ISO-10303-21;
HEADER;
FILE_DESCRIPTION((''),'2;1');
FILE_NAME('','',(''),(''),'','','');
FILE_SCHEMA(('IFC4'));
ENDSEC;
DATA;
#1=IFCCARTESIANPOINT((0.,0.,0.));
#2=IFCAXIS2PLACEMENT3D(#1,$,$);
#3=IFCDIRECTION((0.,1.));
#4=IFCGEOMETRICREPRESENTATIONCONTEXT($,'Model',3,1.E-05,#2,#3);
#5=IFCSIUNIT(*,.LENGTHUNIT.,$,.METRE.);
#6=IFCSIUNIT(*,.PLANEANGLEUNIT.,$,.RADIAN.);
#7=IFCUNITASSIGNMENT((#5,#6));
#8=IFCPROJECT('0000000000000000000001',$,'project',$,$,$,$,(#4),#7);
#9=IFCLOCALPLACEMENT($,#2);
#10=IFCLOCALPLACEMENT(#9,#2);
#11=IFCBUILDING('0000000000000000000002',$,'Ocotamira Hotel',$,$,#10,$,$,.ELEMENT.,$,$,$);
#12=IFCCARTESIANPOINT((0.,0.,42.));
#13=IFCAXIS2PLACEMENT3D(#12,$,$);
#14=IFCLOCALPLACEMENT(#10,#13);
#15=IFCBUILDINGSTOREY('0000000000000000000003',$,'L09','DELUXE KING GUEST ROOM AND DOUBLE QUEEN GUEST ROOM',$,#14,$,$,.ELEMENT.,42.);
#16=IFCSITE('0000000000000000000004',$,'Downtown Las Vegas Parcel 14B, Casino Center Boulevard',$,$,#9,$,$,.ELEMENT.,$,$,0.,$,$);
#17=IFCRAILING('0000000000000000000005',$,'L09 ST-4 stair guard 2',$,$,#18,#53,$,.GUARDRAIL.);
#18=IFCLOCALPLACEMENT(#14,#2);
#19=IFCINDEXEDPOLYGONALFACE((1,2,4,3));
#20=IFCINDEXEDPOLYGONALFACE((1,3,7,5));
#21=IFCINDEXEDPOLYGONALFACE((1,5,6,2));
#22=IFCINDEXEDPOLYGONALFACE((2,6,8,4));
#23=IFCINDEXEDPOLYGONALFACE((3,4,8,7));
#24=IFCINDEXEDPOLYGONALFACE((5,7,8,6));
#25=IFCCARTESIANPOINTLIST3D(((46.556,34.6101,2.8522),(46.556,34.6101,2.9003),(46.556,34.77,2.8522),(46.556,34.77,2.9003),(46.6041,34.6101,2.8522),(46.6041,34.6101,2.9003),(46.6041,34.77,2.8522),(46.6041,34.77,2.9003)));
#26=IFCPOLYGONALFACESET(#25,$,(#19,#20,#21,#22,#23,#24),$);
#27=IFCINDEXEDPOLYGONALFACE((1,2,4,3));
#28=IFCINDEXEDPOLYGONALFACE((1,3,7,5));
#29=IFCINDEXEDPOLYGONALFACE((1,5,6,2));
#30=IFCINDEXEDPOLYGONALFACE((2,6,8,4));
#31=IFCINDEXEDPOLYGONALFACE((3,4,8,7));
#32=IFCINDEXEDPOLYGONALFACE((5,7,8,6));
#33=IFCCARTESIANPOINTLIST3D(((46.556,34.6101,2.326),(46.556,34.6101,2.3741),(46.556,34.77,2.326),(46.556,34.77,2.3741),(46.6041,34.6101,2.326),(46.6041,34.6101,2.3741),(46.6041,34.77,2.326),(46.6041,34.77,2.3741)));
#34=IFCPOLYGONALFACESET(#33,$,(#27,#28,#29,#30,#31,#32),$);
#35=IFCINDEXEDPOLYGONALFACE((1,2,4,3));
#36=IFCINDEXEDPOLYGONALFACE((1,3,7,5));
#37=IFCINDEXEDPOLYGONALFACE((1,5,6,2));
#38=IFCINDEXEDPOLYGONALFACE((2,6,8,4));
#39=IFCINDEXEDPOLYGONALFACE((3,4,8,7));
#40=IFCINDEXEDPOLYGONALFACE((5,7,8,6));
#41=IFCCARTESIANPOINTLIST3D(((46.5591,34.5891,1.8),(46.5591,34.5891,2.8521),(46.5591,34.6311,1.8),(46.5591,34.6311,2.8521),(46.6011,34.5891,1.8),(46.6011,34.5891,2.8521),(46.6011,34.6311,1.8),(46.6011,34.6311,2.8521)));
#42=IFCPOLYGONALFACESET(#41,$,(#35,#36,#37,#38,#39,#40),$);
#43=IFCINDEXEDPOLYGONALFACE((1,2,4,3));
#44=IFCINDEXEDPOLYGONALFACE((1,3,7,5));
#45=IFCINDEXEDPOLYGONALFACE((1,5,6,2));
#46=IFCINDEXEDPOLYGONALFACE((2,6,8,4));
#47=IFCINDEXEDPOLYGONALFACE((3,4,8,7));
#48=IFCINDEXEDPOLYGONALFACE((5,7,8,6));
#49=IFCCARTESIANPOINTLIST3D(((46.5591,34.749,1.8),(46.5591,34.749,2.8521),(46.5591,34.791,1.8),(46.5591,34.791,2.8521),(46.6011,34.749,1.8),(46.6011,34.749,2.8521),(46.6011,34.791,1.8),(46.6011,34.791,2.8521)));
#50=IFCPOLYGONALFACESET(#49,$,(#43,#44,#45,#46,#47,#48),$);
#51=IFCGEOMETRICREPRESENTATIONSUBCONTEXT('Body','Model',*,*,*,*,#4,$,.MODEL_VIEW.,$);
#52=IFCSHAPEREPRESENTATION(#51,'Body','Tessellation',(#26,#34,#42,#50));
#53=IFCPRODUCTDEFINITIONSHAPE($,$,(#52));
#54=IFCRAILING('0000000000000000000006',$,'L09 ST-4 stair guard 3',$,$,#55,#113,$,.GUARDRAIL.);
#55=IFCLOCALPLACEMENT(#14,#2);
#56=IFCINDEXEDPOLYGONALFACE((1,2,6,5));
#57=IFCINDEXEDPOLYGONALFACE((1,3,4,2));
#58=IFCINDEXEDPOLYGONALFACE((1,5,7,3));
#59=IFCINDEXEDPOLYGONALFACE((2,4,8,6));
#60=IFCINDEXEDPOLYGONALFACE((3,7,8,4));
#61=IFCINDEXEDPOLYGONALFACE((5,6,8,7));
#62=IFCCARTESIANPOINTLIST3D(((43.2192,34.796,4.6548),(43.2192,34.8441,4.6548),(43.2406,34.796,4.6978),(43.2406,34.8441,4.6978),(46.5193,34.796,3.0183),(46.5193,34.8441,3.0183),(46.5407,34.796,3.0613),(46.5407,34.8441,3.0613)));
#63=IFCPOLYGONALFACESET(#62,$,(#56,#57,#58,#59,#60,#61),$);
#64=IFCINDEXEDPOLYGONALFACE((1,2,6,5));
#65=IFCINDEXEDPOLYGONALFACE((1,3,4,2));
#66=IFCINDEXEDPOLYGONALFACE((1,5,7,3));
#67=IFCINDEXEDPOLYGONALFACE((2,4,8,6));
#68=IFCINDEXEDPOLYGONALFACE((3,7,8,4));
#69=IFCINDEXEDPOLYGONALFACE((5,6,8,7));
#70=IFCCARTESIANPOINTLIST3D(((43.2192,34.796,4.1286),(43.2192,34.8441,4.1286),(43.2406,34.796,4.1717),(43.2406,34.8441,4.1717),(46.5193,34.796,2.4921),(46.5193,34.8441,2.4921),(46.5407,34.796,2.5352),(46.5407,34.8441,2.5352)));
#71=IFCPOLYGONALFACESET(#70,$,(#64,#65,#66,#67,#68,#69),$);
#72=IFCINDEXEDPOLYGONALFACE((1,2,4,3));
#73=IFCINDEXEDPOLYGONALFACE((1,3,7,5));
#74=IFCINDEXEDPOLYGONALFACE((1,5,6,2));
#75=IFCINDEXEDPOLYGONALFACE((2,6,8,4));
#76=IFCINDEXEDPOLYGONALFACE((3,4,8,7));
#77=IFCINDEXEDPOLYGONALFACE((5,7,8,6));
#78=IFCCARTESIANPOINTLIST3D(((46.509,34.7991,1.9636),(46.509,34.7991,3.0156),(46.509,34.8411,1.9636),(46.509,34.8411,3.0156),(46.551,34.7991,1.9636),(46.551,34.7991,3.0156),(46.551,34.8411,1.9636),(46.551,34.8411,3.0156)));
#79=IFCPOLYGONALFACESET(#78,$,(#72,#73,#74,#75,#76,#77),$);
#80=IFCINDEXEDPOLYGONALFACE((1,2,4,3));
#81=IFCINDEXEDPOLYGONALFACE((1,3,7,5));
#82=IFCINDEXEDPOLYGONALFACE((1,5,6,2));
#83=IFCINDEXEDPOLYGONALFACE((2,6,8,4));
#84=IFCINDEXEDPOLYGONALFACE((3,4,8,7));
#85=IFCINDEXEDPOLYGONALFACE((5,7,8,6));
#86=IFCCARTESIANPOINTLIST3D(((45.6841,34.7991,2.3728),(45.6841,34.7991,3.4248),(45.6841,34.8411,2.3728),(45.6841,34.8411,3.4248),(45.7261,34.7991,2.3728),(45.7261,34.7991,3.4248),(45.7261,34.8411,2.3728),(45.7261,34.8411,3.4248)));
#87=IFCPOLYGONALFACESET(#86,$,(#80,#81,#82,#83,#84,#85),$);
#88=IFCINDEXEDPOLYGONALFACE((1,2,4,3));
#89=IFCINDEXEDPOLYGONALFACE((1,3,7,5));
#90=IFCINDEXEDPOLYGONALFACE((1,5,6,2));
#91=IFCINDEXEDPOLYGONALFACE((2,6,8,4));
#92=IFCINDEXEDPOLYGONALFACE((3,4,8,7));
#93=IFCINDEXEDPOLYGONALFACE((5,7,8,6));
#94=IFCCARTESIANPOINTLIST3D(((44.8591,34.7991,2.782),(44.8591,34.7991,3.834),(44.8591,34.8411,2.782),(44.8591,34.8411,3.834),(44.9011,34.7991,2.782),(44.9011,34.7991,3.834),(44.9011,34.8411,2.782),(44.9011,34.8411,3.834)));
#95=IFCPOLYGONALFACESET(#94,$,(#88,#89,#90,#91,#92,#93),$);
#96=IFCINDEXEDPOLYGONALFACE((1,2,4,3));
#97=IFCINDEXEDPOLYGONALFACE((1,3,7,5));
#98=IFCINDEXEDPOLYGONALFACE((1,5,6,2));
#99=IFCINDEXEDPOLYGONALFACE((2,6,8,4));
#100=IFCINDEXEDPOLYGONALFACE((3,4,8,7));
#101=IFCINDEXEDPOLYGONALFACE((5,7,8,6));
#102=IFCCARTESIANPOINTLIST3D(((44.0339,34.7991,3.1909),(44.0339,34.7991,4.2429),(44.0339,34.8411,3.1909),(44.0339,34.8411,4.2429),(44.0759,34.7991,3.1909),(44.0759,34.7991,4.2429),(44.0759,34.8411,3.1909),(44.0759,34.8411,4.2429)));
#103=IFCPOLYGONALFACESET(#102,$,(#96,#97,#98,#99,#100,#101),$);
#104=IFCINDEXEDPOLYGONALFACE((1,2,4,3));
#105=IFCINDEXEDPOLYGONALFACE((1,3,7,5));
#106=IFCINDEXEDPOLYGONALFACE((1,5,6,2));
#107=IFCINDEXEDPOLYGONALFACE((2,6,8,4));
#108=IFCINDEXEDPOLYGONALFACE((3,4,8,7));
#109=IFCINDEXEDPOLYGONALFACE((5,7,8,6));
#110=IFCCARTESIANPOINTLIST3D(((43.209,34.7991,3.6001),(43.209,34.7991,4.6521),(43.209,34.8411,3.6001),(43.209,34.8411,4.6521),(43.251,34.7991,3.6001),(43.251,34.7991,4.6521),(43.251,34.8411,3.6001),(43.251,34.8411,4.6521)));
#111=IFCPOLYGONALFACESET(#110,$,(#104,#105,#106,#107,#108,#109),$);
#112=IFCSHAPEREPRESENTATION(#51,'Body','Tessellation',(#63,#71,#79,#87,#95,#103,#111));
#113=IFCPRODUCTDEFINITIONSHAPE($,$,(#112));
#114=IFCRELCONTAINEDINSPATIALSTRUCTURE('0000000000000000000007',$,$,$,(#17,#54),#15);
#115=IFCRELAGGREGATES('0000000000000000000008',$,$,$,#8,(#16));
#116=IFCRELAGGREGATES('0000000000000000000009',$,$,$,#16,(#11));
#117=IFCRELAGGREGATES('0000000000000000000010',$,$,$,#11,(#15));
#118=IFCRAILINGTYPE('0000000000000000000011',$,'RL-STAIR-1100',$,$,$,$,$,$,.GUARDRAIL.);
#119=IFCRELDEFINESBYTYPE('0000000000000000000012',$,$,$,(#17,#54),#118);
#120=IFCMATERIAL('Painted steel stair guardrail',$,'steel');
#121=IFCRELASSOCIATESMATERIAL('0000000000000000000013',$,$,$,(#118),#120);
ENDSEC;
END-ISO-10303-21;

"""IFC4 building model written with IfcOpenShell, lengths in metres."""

from ifc_helpers import new_model, si_unit, direction, frame, origin, origin_2d, place, context, subcontext, project, spatial, rectangle, extrude, material, type_object, element, save


model = new_model("IFC4")

# Units and contexts
model_context = context("Model", 3, precision=1e-05, world=origin(), true_north=direction((0.0, 1.0)))
body_context = subcontext(model_context, "Body", "Model", "MODEL_VIEW")
ifc_project = project(units=[si_unit("LENGTHUNIT", "METRE"), si_unit("PLANEANGLEUNIT", "RADIAN")], contexts=[model_context])

# Site, building, storey
site_placement = place(None, origin())
site = spatial("IfcSite", under=ifc_project, at=site_placement, Name="Downtown Las Vegas Parcel 14B, Casino Center Boulevard", CompositionType="ELEMENT", RefElevation=0.0)
building_placement = place(site_placement, origin())
building = spatial("IfcBuilding", under=site, at=building_placement, Name="Ocotamira Hotel", CompositionType="ELEMENT")
storey_placement = place(building_placement, frame((0.0, 0.0, 42.0)))
storey = spatial("IfcBuildingStorey", under=building, at=storey_placement, Name="L09", Description="DELUXE KING GUEST ROOM AND DOUBLE QUEEN GUEST ROOM", CompositionType="ELEMENT", Elevation=42.0)

# Railings
ifc_material_1 = material(Name="Painted steel stair guardrail", Category="steel")
railing_type_1 = type_object("IfcRailingType", Name="RL-STAIR-1100", PredefinedType="GUARDRAIL", material=ifc_material_1)
railing_1_placement = place(storey_placement, frame((46.5801, 34.6101, 1.8)))
element("IfcRailing", 1, at=railing_1_placement, inside=storey, type_object=railing_type_1, Name="L09 ST-4 stair guard 2", PredefinedType="GUARDRAIL", context=body_context, shape_type="SweptSolid", body=[
    extrude(rectangle(XDim=0.0481, YDim=0.0481, at=origin_2d()), frame((0.0, 0.0, 1.0762), z_axis=(0.0, 1.0, 0.0), x_axis=(-1.0, 0.0, 0.0)), (0.0, 0.0, 1.0), 0.1599),
    extrude(rectangle(XDim=0.0481, YDim=0.0481, at=origin_2d()), frame((0.0, 0.0, 0.55), z_axis=(0.0, 1.0, 0.0), x_axis=(-1.0, 0.0, 0.0)), (0.0, 0.0, 1.0), 0.1599),
    extrude(rectangle(XDim=0.042, YDim=0.042, at=origin_2d()), origin(), (0.0, 0.0, 1.0), 1.052),
    extrude(rectangle(XDim=0.042, YDim=0.042, at=origin_2d()), frame((0.0, 0.1599, 0.0)), (0.0, 0.0, 1.0), 1.052),
])
railing_2_placement = place(storey_placement, frame((46.53, 34.8201, 1.9636)))
element("IfcRailing", 2, at=railing_2_placement, inside=storey, type_object=railing_type_1, Name="L09 ST-4 stair guard 3", PredefinedType="GUARDRAIL", context=body_context, shape_type="SweptSolid", body=[
    extrude(rectangle(XDim=0.0481, YDim=0.0481, at=origin_2d()), frame((0.0, 0.0, 1.0762), z_axis=(-0.895894, 0.0, 0.444268), x_axis=(0.0, -1.0, 0.0)), (0.0, 0.0, 1.0), 3.6836),
    extrude(rectangle(XDim=0.0481, YDim=0.0481, at=origin_2d()), frame((0.0, 0.0, 0.55), z_axis=(-0.895894, 0.0, 0.444268), x_axis=(0.0, -1.0, 0.0)), (0.0, 0.0, 1.0), 3.6836),
    extrude(rectangle(XDim=0.042, YDim=0.042, at=origin_2d()), origin(), (0.0, 0.0, 1.0), 1.052),
    extrude(rectangle(XDim=0.042, YDim=0.042, at=origin_2d()), frame((-0.825, 0.0, 0.4092)), (0.0, 0.0, 1.0), 1.052),
    extrude(rectangle(XDim=0.042, YDim=0.042, at=origin_2d()), frame((-1.6499, 0.0, 0.8184)), (0.0, 0.0, 1.0), 1.052),
    extrude(rectangle(XDim=0.042, YDim=0.042, at=origin_2d()), frame((-2.4751, 0.0, 1.2273)), (0.0, 0.0, 1.0), 1.052),
    extrude(rectangle(XDim=0.042, YDim=0.042, at=origin_2d()), frame((-3.3, 0.0, 1.6365)), (0.0, 0.0, 1.0), 1.052),
])

save(model, "model.ifc")
